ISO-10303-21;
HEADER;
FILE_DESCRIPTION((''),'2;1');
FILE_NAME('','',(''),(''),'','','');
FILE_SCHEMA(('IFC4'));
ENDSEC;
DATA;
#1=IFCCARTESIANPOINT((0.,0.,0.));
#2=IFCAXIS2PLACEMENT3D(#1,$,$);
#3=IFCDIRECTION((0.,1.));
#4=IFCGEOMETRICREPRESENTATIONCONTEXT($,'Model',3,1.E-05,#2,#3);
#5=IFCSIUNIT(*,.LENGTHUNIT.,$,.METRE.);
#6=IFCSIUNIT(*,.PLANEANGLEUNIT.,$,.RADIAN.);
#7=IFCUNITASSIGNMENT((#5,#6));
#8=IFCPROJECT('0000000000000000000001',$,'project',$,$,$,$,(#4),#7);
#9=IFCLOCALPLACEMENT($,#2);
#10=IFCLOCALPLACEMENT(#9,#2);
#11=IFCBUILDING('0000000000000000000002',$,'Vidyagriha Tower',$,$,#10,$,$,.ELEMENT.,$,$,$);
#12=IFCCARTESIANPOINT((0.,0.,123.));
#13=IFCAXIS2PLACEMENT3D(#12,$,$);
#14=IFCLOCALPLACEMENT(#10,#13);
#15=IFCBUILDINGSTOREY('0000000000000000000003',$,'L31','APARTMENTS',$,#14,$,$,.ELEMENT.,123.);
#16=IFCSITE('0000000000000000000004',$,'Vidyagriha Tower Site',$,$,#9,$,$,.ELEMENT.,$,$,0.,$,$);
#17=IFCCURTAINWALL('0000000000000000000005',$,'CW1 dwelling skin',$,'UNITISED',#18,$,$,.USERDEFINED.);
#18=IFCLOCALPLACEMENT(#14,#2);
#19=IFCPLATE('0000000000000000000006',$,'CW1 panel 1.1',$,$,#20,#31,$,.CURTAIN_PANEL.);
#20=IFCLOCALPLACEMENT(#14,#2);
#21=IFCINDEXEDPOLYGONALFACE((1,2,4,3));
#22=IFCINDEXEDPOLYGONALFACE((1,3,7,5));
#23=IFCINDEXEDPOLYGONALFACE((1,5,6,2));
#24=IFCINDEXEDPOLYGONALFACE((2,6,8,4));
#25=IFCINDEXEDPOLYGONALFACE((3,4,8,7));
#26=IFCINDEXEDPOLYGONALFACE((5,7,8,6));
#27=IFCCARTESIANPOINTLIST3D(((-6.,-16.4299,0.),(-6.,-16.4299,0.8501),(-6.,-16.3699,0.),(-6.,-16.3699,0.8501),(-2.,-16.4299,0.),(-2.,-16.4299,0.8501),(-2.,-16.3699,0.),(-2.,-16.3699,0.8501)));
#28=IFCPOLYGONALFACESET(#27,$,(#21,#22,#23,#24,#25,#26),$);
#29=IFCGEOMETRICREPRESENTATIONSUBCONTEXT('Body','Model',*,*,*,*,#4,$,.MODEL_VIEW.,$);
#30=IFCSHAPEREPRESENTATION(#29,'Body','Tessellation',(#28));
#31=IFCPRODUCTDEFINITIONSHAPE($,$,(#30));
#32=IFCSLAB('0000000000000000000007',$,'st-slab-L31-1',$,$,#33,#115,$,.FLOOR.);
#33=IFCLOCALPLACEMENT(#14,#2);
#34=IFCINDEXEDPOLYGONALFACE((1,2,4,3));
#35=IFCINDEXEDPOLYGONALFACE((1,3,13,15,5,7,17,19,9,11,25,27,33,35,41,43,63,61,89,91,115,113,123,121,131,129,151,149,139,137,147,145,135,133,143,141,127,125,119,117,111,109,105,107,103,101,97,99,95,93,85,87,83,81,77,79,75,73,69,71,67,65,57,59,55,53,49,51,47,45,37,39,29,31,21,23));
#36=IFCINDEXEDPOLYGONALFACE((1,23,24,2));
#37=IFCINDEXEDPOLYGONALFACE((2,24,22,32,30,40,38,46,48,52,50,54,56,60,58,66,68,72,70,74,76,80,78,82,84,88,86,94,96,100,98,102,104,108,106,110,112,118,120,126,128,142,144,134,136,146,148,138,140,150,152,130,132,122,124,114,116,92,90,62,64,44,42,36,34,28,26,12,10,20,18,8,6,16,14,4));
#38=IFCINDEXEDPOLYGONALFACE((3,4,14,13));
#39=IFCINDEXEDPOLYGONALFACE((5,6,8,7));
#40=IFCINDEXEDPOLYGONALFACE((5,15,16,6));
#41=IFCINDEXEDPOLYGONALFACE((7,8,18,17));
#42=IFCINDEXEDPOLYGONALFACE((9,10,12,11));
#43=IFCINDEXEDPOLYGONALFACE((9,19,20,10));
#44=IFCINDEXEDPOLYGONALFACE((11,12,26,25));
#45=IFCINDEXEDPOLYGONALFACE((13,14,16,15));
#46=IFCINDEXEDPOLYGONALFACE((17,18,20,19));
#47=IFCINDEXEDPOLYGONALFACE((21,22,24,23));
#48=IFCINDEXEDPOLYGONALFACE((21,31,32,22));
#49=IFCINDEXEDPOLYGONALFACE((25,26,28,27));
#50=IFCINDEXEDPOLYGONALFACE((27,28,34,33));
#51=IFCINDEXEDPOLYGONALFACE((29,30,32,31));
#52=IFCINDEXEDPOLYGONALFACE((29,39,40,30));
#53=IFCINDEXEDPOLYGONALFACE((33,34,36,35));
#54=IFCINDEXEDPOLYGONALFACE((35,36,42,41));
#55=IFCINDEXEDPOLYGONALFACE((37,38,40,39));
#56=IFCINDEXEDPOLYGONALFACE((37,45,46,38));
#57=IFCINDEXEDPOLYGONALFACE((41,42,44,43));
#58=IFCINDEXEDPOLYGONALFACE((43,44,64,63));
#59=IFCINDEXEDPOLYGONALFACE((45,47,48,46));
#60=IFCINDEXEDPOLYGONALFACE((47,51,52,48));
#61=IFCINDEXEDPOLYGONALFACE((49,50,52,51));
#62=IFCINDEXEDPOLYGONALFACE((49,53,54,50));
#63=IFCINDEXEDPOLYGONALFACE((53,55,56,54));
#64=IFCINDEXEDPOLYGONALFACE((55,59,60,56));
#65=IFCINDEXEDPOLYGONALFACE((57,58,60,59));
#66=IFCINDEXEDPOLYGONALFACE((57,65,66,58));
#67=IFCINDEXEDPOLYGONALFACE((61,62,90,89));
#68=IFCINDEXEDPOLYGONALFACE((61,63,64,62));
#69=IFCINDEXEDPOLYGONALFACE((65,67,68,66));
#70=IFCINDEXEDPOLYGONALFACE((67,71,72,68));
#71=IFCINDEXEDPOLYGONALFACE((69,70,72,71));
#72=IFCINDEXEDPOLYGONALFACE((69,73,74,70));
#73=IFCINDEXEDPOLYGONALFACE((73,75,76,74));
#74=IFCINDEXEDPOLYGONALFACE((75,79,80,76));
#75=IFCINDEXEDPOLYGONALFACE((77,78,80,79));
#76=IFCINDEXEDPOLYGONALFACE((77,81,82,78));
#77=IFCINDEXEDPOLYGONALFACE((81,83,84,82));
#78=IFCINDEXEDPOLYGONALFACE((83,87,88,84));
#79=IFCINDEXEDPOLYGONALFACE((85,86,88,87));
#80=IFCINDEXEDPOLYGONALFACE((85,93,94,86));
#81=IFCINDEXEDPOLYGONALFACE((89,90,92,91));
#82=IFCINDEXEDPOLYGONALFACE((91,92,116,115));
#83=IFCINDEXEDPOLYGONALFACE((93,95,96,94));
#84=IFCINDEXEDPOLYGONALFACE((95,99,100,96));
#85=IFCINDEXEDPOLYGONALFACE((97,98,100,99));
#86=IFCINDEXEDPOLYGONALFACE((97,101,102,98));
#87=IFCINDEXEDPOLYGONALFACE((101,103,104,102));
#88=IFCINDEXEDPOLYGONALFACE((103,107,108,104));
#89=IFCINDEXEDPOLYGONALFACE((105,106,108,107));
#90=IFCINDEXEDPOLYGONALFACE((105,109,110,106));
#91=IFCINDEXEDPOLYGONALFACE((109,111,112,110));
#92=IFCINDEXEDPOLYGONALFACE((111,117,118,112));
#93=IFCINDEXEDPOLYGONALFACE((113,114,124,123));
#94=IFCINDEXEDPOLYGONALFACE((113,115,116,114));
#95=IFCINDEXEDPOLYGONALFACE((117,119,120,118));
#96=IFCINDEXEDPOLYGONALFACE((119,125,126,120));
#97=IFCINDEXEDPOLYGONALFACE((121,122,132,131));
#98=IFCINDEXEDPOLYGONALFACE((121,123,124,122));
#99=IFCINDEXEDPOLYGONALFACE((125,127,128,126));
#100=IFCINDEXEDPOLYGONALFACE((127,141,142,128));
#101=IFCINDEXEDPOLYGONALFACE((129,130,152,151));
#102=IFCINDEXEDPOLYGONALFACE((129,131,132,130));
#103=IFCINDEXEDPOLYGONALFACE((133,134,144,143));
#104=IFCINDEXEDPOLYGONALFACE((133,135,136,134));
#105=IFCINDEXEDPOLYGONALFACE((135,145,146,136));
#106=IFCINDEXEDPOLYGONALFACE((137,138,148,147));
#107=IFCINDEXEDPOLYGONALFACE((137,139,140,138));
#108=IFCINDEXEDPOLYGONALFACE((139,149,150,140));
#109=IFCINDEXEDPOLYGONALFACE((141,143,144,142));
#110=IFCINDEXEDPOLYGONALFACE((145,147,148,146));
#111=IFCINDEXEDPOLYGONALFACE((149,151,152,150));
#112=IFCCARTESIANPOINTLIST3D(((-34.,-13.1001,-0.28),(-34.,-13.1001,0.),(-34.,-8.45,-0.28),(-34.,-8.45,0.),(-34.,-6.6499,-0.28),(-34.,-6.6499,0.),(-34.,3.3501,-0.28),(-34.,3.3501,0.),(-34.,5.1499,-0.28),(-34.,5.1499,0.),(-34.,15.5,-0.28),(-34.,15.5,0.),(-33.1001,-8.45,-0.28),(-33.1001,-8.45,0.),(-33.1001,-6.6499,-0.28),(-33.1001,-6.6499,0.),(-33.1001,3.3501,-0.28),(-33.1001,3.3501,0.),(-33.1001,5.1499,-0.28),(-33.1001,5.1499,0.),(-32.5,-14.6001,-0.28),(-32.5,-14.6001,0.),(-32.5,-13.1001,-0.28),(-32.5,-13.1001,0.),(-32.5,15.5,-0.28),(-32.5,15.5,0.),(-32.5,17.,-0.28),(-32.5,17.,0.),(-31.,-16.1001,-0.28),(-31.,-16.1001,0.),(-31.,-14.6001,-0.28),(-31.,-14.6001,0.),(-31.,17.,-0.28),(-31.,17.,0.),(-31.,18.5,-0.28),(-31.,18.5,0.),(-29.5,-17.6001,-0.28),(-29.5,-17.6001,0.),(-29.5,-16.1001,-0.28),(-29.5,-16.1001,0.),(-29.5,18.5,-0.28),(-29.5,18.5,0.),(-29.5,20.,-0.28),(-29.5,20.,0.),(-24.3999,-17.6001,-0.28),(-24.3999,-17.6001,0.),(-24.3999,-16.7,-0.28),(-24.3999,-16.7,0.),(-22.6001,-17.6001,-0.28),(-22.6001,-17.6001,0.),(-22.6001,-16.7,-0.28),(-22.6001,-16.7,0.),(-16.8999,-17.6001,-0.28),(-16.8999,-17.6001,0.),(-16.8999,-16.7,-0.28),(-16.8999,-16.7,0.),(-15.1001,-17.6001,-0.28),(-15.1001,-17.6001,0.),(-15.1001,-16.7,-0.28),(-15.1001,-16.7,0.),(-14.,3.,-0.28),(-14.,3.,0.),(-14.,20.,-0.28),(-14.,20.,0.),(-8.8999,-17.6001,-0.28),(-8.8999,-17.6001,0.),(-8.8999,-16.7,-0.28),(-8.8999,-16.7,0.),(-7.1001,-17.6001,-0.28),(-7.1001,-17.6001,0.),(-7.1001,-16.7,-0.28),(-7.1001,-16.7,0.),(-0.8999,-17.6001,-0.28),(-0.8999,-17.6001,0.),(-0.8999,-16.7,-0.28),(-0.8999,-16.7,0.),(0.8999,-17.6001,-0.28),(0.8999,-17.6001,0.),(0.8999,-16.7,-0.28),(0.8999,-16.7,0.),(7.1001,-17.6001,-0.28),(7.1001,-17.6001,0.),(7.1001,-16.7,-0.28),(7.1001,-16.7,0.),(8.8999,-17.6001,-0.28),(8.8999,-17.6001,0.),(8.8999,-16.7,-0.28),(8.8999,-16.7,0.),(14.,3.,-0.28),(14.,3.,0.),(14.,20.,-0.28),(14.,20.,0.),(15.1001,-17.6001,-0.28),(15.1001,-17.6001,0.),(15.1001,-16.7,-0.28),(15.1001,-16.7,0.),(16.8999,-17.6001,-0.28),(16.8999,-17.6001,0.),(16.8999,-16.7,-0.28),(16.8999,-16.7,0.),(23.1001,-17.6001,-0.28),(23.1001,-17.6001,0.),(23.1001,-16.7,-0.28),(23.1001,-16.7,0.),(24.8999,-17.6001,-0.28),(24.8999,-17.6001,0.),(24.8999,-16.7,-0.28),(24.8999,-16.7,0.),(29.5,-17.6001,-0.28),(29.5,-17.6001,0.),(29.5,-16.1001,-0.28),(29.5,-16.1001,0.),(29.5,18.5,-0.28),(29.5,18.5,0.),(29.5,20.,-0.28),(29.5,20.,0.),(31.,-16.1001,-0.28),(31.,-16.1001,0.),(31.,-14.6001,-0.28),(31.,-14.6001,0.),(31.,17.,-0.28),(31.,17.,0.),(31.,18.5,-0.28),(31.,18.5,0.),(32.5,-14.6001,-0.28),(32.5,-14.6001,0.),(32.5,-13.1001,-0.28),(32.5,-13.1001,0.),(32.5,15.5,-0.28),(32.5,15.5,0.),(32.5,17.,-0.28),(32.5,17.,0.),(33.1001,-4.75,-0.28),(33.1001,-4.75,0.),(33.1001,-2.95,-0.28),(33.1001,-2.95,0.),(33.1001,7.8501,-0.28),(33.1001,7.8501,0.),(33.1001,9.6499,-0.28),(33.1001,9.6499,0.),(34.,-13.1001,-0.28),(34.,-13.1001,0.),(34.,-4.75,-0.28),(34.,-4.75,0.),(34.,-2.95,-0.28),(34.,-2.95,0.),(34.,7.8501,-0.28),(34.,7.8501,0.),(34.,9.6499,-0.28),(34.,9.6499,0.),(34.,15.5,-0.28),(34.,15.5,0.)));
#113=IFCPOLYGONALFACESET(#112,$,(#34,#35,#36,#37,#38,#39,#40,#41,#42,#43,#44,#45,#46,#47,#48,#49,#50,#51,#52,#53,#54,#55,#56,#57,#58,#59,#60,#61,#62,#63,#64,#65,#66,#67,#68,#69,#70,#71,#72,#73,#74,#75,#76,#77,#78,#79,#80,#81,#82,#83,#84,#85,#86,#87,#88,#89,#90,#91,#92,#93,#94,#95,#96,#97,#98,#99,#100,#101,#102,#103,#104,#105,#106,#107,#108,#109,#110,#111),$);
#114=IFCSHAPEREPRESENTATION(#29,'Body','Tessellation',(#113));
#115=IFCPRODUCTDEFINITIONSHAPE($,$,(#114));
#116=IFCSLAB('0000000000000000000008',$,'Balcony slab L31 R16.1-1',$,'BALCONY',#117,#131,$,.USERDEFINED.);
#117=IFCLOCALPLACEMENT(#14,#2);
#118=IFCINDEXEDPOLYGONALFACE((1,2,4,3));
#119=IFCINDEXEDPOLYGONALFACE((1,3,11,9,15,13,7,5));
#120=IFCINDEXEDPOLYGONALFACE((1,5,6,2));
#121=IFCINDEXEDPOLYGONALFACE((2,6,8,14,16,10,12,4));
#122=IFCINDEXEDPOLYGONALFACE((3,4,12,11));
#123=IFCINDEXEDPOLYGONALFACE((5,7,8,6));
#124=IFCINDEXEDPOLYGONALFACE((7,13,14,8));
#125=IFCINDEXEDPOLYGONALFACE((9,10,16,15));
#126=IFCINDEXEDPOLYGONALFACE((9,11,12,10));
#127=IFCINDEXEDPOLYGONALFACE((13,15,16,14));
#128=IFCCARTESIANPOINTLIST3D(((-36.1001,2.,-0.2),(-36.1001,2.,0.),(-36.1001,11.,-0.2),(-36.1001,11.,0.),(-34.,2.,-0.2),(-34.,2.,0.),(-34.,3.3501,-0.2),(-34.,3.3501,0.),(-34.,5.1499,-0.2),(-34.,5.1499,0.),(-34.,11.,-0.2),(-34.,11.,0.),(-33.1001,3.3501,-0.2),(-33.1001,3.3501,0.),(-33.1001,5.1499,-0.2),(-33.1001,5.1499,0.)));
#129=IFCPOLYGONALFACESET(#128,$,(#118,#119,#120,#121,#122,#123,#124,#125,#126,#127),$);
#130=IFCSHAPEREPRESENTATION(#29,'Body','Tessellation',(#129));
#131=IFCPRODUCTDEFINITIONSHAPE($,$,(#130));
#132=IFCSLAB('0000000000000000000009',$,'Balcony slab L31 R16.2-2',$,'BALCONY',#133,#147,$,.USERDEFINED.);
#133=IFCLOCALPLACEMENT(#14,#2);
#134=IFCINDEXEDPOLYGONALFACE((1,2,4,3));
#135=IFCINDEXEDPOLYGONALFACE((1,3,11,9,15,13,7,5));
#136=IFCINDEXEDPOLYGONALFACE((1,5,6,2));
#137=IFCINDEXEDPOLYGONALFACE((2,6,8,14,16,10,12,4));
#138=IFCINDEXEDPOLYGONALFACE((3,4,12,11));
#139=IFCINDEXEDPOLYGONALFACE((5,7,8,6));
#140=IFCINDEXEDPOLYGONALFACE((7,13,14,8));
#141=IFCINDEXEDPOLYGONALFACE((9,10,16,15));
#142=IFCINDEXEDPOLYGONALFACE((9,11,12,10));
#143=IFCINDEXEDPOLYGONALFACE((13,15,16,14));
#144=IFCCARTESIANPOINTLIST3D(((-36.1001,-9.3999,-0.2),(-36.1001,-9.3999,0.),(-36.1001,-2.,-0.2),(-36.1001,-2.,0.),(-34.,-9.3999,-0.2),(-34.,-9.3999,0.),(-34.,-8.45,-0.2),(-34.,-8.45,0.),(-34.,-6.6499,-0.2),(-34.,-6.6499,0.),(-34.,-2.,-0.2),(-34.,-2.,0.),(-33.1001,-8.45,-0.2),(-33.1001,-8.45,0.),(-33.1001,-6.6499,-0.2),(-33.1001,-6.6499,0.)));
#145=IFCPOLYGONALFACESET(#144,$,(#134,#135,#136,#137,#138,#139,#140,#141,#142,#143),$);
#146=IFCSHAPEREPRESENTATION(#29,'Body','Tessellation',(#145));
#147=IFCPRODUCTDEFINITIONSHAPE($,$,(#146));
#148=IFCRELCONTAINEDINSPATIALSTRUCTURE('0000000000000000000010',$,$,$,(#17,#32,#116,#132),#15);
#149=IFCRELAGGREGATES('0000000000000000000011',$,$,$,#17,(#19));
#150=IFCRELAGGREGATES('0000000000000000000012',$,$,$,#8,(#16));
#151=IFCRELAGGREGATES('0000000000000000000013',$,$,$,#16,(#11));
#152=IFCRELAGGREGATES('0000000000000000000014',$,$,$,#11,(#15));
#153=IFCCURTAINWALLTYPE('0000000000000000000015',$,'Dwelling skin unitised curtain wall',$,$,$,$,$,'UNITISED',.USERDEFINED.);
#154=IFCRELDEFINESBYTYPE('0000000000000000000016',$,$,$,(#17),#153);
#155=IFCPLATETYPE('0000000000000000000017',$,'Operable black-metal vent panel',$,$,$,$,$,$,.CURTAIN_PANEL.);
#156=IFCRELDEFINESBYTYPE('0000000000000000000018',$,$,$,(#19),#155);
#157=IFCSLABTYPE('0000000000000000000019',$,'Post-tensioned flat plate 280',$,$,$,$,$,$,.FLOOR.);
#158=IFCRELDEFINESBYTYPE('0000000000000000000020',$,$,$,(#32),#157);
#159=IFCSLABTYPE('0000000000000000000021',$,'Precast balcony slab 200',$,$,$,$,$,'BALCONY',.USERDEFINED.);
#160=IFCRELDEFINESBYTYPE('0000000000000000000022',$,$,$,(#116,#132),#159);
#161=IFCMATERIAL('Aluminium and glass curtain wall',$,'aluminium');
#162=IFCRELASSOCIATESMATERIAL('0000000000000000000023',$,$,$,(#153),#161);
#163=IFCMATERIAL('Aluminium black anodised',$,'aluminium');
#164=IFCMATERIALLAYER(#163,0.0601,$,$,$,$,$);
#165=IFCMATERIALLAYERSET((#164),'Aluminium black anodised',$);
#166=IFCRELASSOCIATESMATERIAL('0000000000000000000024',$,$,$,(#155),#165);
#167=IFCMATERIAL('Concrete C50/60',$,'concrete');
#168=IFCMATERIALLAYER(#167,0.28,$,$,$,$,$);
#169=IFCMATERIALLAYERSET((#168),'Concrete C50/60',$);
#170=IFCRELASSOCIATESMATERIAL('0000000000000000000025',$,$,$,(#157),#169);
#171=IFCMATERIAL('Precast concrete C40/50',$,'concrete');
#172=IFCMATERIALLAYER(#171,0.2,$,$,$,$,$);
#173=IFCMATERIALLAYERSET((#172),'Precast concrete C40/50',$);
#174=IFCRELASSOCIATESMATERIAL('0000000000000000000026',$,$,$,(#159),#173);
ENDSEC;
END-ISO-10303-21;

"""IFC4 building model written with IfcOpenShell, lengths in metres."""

from ifc_helpers import new_model, si_unit, direction, frame, origin, origin_2d, place, context, subcontext, project, spatial, polyline, rectangle, outline, extrude, material, layer, layer_set, type_object, element, aggregate, save


model = new_model("IFC4")

# Units and contexts
model_context = context("Model", 3, precision=1e-05, world=origin(), true_north=direction((0.0, 1.0)))
body_context = subcontext(model_context, "Body", "Model", "MODEL_VIEW")
ifc_project = project(units=[si_unit("LENGTHUNIT", "METRE"), si_unit("PLANEANGLEUNIT", "RADIAN")], contexts=[model_context])

# Site, building, storey
site_placement = place(None, origin())
site = spatial("IfcSite", under=ifc_project, at=site_placement, Name="Vidyagriha Tower Site", CompositionType="ELEMENT", RefElevation=0.0)
building_placement = place(site_placement, origin())
building = spatial("IfcBuilding", under=site, at=building_placement, Name="Vidyagriha Tower", CompositionType="ELEMENT")
storey_placement = place(building_placement, frame((0.0, 0.0, 123.0)))
storey = spatial("IfcBuildingStorey", under=building, at=storey_placement, Name="L31", Description="APARTMENTS", CompositionType="ELEMENT", Elevation=123.0)

# Curtain wall
ifc_material_1 = material(Name="Aluminium and glass curtain wall", Category="aluminium")
curtain_wall_type = type_object("IfcCurtainWallType", Name="Dwelling skin unitised curtain wall", ElementType="UNITISED", PredefinedType="USERDEFINED", material=ifc_material_1)
curtain_wall_1_placement = place(storey_placement, origin())
curtain_wall_1 = element("IfcCurtainWall", 1, at=curtain_wall_1_placement, inside=storey, type_object=curtain_wall_type, Name="CW1 dwelling skin", ObjectType="UNITISED", PredefinedType="USERDEFINED")

# Plate
ifc_material_2 = material(Name="Aluminium black anodised", Category="aluminium")
ifc_layer_1 = layer(ifc_material_2, 0.0601)
ifc_layer_set_1 = layer_set([ifc_layer_1], Name="Aluminium black anodised")
plate_type_1 = type_object("IfcPlateType", Name="Operable black-metal vent panel", PredefinedType="CURTAIN_PANEL", material=ifc_layer_set_1)
plate_1_placement = place(storey_placement, frame((-4.0, -16.3999, 0.0)))
plate_1 = element("IfcPlate", 2, at=plate_1_placement, type_object=plate_type_1, Name="CW1 panel 1.1", PredefinedType="CURTAIN_PANEL", context=body_context, shape_type="SweptSolid", body=[
    extrude(rectangle(XDim=4.0, YDim=0.0601, at=origin_2d()), origin(), (0.0, 0.0, 1.0), 0.8501),
])
aggregate(curtain_wall_1, [plate_1])

# Slabs
ifc_material_3 = material(Name="Concrete C50/60", Category="concrete")
ifc_layer_2 = layer(ifc_material_3, 0.28)
ifc_layer_set_2 = layer_set([ifc_layer_2], Name="Concrete C50/60")
slab_type_1 = type_object("IfcSlabType", Name="Post-tensioned flat plate 280", PredefinedType="FLOOR", material=ifc_layer_set_2)
slab_1_placement = place(storey_placement, frame((0.0, 0.0, -0.28)))
element("IfcSlab", 3, at=slab_1_placement, inside=storey, type_object=slab_type_1, Name="st-slab-L31-1", PredefinedType="FLOOR", context=body_context, shape_type="SweptSolid", body=[
    extrude(outline(polyline([(32.5, -14.6001), (31.0, -14.6001), (31.0, -16.1001), (29.5, -16.1001), (29.5, -17.6001), (24.8999, -17.6001), (24.8999, -16.7), (23.1001, -16.7), (23.1001, -17.6001), (16.8999, -17.6001), (16.8999, -16.7), (15.1001, -16.7), (15.1001, -17.6001), (8.8999, -17.6001), (8.8999, -16.7), (7.1001, -16.7), (7.1001, -17.6001), (0.8999, -17.6001), (0.8999, -16.7), (-0.8999, -16.7), (-0.8999, -17.6001), (-7.1001, -17.6001), (-7.1001, -16.7), (-8.8999, -16.7), (-8.8999, -17.6001), (-15.1001, -17.6001), (-15.1001, -16.7), (-16.8999, -16.7), (-16.8999, -17.6001), (-22.6001, -17.6001), (-22.6001, -16.7), (-24.3999, -16.7), (-24.3999, -17.6001), (-29.5, -17.6001), (-29.5, -16.1001), (-31.0, -16.1001), (-31.0, -14.6001), (-32.5, -14.6001), (-32.5, -13.1001), (-34.0, -13.1001), (-34.0, -8.45), (-33.1001, -8.45), (-33.1001, -6.6499), (-34.0, -6.6499), (-34.0, 3.3501), (-33.1001, 3.3501), (-33.1001, 5.1499), (-34.0, 5.1499), (-34.0, 15.5), (-32.5, 15.5), (-32.5, 17.0), (-31.0, 17.0), (-31.0, 18.5), (-29.5, 18.5), (-29.5, 20.0), (-14.0, 20.0), (-14.0, 3.0), (14.0, 3.0), (14.0, 20.0), (29.5, 20.0), (29.5, 18.5), (31.0, 18.5), (31.0, 17.0), (32.5, 17.0), (32.5, 15.5), (34.0, 15.5), (34.0, 9.6499), (33.1001, 9.6499), (33.1001, 7.8501), (34.0, 7.8501), (34.0, -2.95), (33.1001, -2.95), (33.1001, -4.75), (34.0, -4.75), (34.0, -13.1001), (32.5, -13.1001), (32.5, -14.6001)])), origin(), (0.0, 0.0, 1.0), 0.28),
])
ifc_material_4 = material(Name="Precast concrete C40/50", Category="concrete")
ifc_layer_3 = layer(ifc_material_4, 0.2)
ifc_layer_set_3 = layer_set([ifc_layer_3], Name="Precast concrete C40/50")
slab_type_2 = type_object("IfcSlabType", Name="Precast balcony slab 200", ElementType="BALCONY", PredefinedType="USERDEFINED", material=ifc_layer_set_3)
slab_2_placement = place(storey_placement, frame((0.0, 0.0, -0.2)))
element("IfcSlab", 4, at=slab_2_placement, inside=storey, type_object=slab_type_2, Name="Balcony slab L31 R16.1-1", ObjectType="BALCONY", PredefinedType="USERDEFINED", context=body_context, shape_type="SweptSolid", body=[
    extrude(outline(polyline([(-33.1001, 3.3501), (-33.1001, 5.1499), (-34.0, 5.1499), (-34.0, 11.0), (-36.1001, 11.0), (-36.1001, 2.0), (-34.0, 2.0), (-34.0, 3.3501), (-33.1001, 3.3501)])), origin(), (0.0, 0.0, 1.0), 0.2),
])
slab_3_placement = place(storey_placement, frame((0.0, 0.0, -0.2)))
element("IfcSlab", 5, at=slab_3_placement, inside=storey, type_object=slab_type_2, Name="Balcony slab L31 R16.2-2", ObjectType="BALCONY", PredefinedType="USERDEFINED", context=body_context, shape_type="SweptSolid", body=[
    extrude(outline(polyline([(-33.1001, -8.45), (-33.1001, -6.6499), (-34.0, -6.6499), (-34.0, -2.0), (-36.1001, -2.0), (-36.1001, -9.3999), (-34.0, -9.3999), (-34.0, -8.45), (-33.1001, -8.45)])), origin(), (0.0, 0.0, 1.0), 0.2),
])

save(model, "model.ifc")
